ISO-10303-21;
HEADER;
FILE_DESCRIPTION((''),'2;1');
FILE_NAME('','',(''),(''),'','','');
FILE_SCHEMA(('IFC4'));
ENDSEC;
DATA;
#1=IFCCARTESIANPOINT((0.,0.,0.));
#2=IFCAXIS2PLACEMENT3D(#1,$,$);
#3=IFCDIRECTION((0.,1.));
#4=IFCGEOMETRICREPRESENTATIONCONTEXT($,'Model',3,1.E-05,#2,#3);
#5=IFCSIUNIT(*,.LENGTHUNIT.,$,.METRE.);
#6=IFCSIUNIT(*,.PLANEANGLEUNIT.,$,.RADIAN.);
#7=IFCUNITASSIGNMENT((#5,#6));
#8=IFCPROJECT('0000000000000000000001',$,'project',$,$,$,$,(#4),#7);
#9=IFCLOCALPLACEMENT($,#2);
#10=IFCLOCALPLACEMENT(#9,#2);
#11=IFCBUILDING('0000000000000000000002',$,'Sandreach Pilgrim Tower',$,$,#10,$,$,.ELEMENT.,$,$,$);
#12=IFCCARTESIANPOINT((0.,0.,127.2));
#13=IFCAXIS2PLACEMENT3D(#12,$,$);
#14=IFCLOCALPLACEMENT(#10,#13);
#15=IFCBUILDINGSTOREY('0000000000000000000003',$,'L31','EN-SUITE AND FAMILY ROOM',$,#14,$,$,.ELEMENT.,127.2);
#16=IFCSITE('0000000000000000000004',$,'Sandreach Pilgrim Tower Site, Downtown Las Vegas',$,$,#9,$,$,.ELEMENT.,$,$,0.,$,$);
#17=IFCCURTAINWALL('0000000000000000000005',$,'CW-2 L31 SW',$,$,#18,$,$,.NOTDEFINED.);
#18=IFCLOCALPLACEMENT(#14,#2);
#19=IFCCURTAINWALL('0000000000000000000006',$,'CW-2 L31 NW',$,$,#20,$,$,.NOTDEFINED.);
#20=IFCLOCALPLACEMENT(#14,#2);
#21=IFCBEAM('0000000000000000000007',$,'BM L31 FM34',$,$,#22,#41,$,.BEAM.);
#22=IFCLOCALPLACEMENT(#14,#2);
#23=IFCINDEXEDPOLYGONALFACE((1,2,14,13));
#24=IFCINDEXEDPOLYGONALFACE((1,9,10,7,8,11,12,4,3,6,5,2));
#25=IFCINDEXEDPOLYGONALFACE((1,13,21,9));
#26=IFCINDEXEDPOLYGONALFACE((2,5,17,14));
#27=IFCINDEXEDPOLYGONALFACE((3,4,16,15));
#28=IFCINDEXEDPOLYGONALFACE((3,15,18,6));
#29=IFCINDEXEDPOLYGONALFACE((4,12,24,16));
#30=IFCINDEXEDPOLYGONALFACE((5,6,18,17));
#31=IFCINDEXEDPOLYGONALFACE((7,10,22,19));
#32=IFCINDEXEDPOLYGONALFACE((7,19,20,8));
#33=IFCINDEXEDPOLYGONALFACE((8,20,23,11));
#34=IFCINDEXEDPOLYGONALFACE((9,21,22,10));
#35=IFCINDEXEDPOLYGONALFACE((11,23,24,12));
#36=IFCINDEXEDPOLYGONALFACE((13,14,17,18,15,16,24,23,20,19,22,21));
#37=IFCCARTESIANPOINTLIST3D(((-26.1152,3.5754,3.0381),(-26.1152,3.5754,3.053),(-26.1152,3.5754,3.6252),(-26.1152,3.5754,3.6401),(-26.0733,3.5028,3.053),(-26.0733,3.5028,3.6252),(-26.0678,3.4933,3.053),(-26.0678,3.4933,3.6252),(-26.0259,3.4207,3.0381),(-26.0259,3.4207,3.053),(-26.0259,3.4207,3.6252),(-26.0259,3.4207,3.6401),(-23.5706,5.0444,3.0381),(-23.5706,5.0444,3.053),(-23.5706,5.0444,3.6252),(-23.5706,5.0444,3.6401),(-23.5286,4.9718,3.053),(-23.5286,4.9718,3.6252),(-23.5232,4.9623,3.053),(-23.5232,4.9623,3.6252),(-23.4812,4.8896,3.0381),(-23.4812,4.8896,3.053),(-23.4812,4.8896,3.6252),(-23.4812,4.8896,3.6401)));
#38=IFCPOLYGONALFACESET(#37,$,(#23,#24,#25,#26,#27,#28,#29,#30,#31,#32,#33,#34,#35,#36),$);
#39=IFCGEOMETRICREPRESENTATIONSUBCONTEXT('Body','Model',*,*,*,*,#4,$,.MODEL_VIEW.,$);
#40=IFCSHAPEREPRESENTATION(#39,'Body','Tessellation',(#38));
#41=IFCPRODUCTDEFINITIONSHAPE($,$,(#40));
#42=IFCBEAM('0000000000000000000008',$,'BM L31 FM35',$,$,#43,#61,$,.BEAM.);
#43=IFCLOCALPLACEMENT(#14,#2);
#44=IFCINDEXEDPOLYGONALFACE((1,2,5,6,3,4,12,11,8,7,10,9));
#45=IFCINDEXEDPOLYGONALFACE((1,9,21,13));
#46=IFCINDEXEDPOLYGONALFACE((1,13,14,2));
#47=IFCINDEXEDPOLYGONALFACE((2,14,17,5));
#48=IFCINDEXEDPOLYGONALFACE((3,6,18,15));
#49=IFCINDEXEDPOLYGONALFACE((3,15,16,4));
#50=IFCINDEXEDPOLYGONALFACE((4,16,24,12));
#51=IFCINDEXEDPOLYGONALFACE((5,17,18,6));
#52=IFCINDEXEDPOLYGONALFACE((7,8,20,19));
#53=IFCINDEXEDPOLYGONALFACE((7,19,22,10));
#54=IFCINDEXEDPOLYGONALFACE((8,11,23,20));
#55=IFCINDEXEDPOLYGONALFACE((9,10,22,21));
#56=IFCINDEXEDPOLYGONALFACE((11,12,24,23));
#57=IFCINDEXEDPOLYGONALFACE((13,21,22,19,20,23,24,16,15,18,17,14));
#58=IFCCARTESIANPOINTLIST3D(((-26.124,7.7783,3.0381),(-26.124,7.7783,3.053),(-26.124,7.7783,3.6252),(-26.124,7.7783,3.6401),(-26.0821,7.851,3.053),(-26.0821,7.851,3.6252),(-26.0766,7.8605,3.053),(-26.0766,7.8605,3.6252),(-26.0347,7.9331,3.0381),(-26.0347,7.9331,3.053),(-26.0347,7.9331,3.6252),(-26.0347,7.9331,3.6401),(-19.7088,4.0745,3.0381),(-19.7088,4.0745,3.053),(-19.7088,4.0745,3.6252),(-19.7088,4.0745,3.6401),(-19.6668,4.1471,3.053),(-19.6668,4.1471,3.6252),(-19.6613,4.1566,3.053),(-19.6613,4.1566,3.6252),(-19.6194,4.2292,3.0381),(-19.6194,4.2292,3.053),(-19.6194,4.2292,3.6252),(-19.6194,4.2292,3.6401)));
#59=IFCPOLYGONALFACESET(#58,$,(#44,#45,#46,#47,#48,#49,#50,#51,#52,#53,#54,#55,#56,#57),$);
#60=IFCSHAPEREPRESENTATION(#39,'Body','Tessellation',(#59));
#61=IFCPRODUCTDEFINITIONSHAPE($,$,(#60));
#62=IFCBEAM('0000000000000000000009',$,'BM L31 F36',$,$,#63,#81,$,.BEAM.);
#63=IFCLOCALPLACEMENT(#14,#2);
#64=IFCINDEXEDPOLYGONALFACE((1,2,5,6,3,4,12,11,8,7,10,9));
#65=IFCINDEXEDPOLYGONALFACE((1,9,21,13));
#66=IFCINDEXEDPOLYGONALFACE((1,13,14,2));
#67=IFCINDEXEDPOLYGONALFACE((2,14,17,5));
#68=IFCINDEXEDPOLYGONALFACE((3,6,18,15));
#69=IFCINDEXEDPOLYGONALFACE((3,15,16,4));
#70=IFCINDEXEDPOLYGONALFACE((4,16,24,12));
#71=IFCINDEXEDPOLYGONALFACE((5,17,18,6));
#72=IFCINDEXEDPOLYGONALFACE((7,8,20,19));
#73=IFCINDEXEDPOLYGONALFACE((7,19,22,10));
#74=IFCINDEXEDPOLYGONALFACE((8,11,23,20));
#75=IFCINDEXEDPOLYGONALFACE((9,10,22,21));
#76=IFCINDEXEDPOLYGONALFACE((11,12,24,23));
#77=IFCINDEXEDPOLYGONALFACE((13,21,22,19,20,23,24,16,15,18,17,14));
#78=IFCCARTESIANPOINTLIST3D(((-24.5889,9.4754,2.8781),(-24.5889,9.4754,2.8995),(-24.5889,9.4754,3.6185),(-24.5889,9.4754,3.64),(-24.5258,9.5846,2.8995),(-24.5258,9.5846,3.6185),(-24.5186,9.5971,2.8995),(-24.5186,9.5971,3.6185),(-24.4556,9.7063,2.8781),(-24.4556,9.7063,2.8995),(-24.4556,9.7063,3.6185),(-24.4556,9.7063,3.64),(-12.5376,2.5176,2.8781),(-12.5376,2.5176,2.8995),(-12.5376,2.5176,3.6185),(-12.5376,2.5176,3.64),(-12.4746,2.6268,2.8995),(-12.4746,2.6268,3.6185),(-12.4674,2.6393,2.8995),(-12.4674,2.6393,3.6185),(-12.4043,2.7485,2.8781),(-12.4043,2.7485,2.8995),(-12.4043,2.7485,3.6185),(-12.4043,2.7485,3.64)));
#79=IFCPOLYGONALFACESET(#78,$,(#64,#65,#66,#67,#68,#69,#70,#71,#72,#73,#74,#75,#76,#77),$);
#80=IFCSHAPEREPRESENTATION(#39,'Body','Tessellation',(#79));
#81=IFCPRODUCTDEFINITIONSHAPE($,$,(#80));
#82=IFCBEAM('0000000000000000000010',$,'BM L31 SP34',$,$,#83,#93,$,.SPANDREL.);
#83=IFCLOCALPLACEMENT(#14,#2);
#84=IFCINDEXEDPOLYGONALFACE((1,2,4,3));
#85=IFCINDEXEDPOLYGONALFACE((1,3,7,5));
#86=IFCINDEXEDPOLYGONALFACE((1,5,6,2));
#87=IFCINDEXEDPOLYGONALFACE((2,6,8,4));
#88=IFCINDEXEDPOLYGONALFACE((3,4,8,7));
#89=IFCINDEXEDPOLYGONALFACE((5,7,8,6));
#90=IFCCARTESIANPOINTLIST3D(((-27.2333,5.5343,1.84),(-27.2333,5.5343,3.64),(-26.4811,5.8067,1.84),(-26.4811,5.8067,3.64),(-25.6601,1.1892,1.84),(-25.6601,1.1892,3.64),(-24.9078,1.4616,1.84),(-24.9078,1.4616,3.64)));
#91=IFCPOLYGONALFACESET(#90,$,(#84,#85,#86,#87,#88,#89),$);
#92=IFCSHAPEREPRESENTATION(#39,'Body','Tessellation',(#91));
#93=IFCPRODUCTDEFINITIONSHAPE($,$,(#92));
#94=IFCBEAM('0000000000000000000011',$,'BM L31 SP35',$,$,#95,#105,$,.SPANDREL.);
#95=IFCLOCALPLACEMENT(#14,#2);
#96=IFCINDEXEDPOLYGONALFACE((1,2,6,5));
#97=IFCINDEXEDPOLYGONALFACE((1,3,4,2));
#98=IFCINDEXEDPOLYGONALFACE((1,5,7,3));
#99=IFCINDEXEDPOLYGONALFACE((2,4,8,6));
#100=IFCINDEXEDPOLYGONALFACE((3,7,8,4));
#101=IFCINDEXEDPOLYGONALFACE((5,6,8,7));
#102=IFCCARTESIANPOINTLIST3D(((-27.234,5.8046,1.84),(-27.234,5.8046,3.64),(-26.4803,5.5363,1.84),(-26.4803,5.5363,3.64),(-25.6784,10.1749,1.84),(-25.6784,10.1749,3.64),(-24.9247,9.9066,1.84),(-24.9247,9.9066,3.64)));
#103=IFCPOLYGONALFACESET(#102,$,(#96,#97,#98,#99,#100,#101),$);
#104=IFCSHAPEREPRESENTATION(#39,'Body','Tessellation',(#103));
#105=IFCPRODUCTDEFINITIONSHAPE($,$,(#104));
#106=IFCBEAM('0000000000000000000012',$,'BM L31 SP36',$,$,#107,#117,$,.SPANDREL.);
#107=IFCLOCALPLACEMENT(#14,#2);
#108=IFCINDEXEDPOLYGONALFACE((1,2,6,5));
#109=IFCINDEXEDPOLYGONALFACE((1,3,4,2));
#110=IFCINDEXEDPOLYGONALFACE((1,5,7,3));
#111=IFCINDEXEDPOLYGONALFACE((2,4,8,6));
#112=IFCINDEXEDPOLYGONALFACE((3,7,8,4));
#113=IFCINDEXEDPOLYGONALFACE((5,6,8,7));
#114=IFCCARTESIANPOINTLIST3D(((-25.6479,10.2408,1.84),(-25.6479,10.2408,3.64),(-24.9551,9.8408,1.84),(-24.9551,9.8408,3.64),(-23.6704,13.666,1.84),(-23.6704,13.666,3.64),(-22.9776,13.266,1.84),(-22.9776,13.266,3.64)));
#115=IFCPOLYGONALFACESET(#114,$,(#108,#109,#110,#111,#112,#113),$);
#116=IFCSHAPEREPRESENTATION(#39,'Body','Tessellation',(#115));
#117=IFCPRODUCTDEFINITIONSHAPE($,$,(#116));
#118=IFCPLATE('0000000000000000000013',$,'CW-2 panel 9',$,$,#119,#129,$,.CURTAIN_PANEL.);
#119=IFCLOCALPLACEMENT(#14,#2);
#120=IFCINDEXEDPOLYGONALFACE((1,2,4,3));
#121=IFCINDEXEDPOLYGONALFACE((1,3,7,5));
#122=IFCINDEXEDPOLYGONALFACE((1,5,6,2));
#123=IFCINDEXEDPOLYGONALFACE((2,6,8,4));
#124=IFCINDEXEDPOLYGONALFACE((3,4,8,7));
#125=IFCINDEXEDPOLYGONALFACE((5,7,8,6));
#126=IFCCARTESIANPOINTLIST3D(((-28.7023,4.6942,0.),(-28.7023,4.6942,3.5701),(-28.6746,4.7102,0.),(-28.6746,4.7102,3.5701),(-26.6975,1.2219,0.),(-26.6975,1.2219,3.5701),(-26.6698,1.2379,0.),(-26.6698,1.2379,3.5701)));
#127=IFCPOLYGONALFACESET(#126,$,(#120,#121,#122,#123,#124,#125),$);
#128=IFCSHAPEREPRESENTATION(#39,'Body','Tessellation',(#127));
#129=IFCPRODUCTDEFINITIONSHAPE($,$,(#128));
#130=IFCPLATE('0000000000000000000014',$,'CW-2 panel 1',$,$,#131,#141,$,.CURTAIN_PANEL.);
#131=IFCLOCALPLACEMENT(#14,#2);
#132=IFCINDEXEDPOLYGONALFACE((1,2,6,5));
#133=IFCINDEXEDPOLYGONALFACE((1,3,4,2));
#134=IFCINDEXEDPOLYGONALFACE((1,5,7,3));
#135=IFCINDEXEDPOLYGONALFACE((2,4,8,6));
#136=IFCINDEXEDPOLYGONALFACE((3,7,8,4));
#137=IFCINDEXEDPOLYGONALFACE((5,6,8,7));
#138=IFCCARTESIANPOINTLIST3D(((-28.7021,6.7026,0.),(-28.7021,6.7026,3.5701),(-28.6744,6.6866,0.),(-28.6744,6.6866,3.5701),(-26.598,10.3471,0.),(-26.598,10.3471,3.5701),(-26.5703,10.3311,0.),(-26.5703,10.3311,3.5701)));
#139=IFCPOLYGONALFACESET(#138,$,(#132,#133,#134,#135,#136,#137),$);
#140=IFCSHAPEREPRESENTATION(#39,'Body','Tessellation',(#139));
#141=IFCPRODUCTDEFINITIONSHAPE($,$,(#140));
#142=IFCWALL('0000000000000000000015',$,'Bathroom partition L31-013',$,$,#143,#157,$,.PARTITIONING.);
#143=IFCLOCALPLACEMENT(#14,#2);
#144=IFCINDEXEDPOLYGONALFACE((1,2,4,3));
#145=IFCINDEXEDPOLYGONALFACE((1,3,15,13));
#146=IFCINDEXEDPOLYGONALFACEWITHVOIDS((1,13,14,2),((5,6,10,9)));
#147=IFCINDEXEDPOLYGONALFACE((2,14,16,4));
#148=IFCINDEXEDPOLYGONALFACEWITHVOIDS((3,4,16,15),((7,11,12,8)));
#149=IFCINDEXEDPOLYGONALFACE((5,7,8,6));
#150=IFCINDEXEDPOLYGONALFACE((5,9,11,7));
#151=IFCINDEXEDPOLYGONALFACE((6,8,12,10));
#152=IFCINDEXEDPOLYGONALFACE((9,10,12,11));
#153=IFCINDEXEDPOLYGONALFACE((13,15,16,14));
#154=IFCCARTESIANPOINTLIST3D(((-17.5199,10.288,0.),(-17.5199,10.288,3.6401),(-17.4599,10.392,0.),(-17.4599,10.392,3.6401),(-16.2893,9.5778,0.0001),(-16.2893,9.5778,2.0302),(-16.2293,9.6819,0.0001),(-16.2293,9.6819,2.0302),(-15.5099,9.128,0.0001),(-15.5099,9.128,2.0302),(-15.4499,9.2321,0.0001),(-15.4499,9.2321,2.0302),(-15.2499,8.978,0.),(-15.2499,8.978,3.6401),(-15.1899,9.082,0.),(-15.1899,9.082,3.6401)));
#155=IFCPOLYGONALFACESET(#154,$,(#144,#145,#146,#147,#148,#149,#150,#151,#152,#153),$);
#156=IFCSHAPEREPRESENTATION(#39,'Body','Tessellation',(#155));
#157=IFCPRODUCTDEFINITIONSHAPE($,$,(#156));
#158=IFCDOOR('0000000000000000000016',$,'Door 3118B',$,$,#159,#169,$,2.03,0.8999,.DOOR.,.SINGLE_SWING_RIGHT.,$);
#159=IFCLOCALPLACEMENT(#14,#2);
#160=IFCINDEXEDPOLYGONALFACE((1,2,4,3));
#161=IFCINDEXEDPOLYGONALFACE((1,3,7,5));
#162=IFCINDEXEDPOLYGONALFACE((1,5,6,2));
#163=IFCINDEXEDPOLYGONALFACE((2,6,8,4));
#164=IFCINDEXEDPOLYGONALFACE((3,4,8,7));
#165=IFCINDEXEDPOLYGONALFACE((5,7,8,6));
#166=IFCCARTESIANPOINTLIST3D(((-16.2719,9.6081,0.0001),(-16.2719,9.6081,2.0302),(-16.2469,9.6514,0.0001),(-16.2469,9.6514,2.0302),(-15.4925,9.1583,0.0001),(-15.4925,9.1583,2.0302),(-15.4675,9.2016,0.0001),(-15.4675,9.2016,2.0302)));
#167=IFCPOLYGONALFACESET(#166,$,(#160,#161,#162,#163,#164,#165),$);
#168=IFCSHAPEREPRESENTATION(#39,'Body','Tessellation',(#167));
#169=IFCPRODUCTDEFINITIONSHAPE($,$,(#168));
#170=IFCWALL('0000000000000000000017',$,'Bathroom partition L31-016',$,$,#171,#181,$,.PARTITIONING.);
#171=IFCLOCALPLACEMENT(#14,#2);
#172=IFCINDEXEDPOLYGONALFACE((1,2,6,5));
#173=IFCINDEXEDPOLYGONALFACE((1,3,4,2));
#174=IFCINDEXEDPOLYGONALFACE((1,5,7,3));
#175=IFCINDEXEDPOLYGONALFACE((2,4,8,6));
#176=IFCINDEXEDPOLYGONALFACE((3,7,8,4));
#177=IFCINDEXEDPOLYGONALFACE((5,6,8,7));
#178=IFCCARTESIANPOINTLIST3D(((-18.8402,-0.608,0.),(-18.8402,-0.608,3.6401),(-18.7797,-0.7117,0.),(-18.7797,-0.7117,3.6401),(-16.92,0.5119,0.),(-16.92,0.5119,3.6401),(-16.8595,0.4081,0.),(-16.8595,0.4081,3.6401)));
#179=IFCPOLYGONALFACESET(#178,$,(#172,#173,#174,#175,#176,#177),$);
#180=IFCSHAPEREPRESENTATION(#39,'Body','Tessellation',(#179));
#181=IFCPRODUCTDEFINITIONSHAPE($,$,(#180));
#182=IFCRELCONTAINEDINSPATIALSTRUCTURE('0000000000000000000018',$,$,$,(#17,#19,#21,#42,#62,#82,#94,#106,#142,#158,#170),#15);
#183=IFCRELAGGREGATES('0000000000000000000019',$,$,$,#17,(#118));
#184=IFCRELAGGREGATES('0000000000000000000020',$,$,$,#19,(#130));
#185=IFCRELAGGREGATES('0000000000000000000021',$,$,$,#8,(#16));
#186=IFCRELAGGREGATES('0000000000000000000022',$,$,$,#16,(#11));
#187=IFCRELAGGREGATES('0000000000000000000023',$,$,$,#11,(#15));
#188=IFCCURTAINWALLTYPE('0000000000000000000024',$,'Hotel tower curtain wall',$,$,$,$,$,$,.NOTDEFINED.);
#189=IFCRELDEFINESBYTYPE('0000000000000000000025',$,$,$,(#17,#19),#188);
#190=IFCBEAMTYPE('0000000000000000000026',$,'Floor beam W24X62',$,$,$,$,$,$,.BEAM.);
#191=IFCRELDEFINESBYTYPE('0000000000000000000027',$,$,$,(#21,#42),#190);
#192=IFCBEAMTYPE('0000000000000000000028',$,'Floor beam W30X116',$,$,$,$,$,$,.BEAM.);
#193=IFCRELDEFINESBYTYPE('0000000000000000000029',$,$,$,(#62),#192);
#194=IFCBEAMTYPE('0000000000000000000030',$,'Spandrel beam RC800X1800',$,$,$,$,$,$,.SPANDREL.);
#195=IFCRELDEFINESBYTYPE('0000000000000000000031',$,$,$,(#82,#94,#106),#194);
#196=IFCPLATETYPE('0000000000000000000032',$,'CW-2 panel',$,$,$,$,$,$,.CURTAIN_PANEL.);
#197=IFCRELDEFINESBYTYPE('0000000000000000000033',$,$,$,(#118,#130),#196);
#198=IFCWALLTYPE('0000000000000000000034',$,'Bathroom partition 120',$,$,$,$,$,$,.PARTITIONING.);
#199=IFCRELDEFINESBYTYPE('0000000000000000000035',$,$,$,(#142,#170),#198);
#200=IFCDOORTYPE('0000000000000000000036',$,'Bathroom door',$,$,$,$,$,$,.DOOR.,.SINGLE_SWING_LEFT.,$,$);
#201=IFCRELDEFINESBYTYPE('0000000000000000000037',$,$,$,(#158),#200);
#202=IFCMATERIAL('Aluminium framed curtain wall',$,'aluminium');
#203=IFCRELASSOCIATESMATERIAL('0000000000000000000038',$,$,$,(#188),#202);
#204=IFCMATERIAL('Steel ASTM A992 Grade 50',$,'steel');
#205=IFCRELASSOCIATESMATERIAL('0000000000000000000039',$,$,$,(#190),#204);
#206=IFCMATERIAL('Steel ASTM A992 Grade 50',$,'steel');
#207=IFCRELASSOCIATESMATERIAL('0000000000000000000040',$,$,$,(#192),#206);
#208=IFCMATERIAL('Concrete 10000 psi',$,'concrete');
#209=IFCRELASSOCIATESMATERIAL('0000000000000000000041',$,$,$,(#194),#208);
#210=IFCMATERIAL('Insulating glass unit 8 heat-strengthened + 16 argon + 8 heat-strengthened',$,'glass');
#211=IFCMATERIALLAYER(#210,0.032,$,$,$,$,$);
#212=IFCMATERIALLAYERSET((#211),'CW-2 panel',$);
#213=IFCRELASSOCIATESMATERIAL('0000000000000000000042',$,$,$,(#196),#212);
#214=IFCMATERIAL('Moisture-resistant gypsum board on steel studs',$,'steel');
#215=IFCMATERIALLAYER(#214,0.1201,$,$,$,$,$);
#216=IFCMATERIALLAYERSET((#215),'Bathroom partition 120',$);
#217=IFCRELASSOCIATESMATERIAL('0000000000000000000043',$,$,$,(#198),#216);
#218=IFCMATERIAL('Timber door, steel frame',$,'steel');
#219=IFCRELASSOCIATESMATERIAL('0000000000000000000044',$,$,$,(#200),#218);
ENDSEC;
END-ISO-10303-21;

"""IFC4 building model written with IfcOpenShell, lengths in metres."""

from ifc_helpers import new_model, si_unit, direction, frame, frame_2d, origin, origin_2d, place, context, subcontext, project, spatial, rectangle, i_section, extrude, material, layer, layer_set, material_profile, profile_set, type_object, element, fill, aggregate, save


model = new_model("IFC4")

# Units and contexts
model_context = context("Model", 3, precision=1e-05, world=origin(), true_north=direction((0.0, 1.0)))
body_context = subcontext(model_context, "Body", "Model", "MODEL_VIEW")
ifc_project = project(units=[si_unit("LENGTHUNIT", "METRE"), si_unit("PLANEANGLEUNIT", "RADIAN")], contexts=[model_context])

# Site, building, storey
site_placement = place(None, origin())
site = spatial("IfcSite", under=ifc_project, at=site_placement, Name="Sandreach Pilgrim Tower Site, Downtown Las Vegas", CompositionType="ELEMENT", RefElevation=0.0)
building_placement = place(site_placement, origin())
building = spatial("IfcBuilding", under=site, at=building_placement, Name="Sandreach Pilgrim Tower", CompositionType="ELEMENT")
storey_placement = place(building_placement, frame((0.0, 0.0, 127.2)))
storey = spatial("IfcBuildingStorey", under=building, at=storey_placement, Name="L31", Description="EN-SUITE AND FAMILY ROOM", CompositionType="ELEMENT", Elevation=127.2)

# Curtain wall
ifc_material_1 = material(Name="Aluminium framed curtain wall", Category="aluminium")
curtain_wall_type = type_object("IfcCurtainWallType", Name="Hotel tower curtain wall", PredefinedType="NOTDEFINED", material=ifc_material_1)
curtain_wall_1_placement = place(storey_placement, origin())
curtain_wall_1 = element("IfcCurtainWall", 1, at=curtain_wall_1_placement, inside=storey, type_object=curtain_wall_type, Name="CW-2 L31 SW", PredefinedType="NOTDEFINED")

# Curtain wall
curtain_wall_2_placement = place(storey_placement, origin())
curtain_wall_2 = element("IfcCurtainWall", 2, at=curtain_wall_2_placement, inside=storey, type_object=curtain_wall_type, Name="CW-2 L31 NW", PredefinedType="NOTDEFINED")

# Beams
ifc_material_2 = material(Name="Steel ASTM A992 Grade 50", Category="steel")
ifc_material_profile_1 = material_profile(ifc_material_2, i_section(OverallWidth=0.1787, OverallDepth=0.6021, WebThickness=0.011, FlangeThickness=0.0149, at=origin_2d()), Name="W24X62")
ifc_profile_set_1 = profile_set([ifc_material_profile_1], Name="Steel ASTM A992 Grade 50")
beam_type_1 = type_object("IfcBeamType", Name="Floor beam W24X62", PredefinedType="BEAM", material=ifc_profile_set_1)
beam_1_placement = place(storey_placement, frame((-26.0706, 3.498, 3.3391), z_axis=(0.866051, 0.499955, 0.0), x_axis=(-0.499955, 0.866051, 0.0)))
element("IfcBeam", 3, at=beam_1_placement, inside=storey, type_object=beam_type_1, Name="BM L31 FM34", PredefinedType="BEAM", context=body_context, shape_type="SweptSolid", body=[
    extrude(i_section(OverallWidth=0.1787, OverallDepth=0.6021, WebThickness=0.011, FlangeThickness=0.0149, at=origin_2d()), origin(), (0.0, 0.0, 1.0), 2.9382),
])
beam_2_placement = place(storey_placement, frame((-26.0793, 7.8557, 3.3391), z_axis=(0.866026, -0.499999, 0.0), x_axis=(0.499999, 0.866026, 0.0)))
element("IfcBeam", 4, at=beam_2_placement, inside=storey, type_object=beam_type_1, Name="BM L31 FM35", PredefinedType="BEAM", context=body_context, shape_type="SweptSolid", body=[
    extrude(i_section(OverallWidth=0.1787, OverallDepth=0.6021, WebThickness=0.011, FlangeThickness=0.0149, at=origin_2d()), origin(), (0.0, 0.0, 1.0), 7.4077),
])
ifc_material_3 = material(Name="Steel ASTM A992 Grade 50", Category="steel")
ifc_material_profile_2 = material_profile(ifc_material_3, i_section(OverallWidth=0.2666, OverallDepth=0.762, WebThickness=0.0144, FlangeThickness=0.0215, at=origin_2d()), Name="W30X116")
ifc_profile_set_2 = profile_set([ifc_material_profile_2], Name="Steel ASTM A992 Grade 50")
beam_type_2 = type_object("IfcBeamType", Name="Floor beam W30X116", PredefinedType="BEAM", material=ifc_profile_set_2)
beam_3_placement = place(storey_placement, frame((-24.5222, 9.5908, 3.259), z_axis=(0.866027, -0.499998, 0.0), x_axis=(0.499998, 0.866027, 0.0)))
element("IfcBeam", 5, at=beam_3_placement, inside=storey, type_object=beam_type_2, Name="BM L31 F36", PredefinedType="BEAM", context=body_context, shape_type="SweptSolid", body=[
    extrude(i_section(OverallWidth=0.2666, OverallDepth=0.762, WebThickness=0.0144, FlangeThickness=0.0215, at=origin_2d()), origin(), (0.0, 0.0, 1.0), 13.9155),
])
ifc_material_4 = material(Name="Concrete 10000 psi", Category="concrete")
ifc_material_profile_3 = material_profile(ifc_material_4, rectangle(XDim=0.8, YDim=1.8, at=origin_2d()), Name="RC800X1800")
ifc_profile_set_3 = profile_set([ifc_material_profile_3], Name="Concrete 10000 psi")
beam_type_3 = type_object("IfcBeamType", Name="Spandrel beam RC800X1800", PredefinedType="SPANDREL", material=ifc_profile_set_3)
beam_4_placement = place(storey_placement, frame((-25.2839, 1.3254, 2.74), z_axis=(-0.340453, 0.940261, 0.0), x_axis=(-0.940261, -0.340453, 0.0)))
element("IfcBeam", 6, at=beam_4_placement, inside=storey, type_object=beam_type_3, Name="BM L31 SP34", PredefinedType="SPANDREL", context=body_context, shape_type="SweptSolid", body=[
    extrude(rectangle(XDim=0.8, YDim=1.8, at=origin_2d()), origin(), (0.0, 0.0, 1.0), 4.6211),
])
beam_5_placement = place(storey_placement, frame((-26.8572, 5.6704, 2.74), z_axis=(0.335346, 0.942095, 0.0), x_axis=(-0.942095, 0.335346, 0.0)))
element("IfcBeam", 7, at=beam_5_placement, inside=storey, type_object=beam_type_3, Name="BM L31 SP35", PredefinedType="SPANDREL", context=body_context, shape_type="SweptSolid", body=[
    extrude(rectangle(XDim=0.8, YDim=1.8, at=origin_2d()), origin(), (0.0, 0.0, 1.0), 4.6389),
])
beam_6_placement = place(storey_placement, frame((-25.3015, 10.0408, 2.74), z_axis=(0.49999, 0.866031, 0.0), x_axis=(-0.866031, 0.49999, 0.0)))
element("IfcBeam", 8, at=beam_6_placement, inside=storey, type_object=beam_type_3, Name="BM L31 SP36", PredefinedType="SPANDREL", context=body_context, shape_type="SweptSolid", body=[
    extrude(rectangle(XDim=0.8, YDim=1.8, at=origin_2d()), origin(), (0.0, 0.0, 1.0), 3.9551),
])

# Plates
ifc_material_5 = material(Name="Insulating glass unit 8 heat-strengthened + 16 argon + 8 heat-strengthened", Category="glass")
ifc_layer_1 = layer(ifc_material_5, 0.032)
ifc_layer_set_1 = layer_set([ifc_layer_1], Name="CW-2 panel")
plate_type = type_object("IfcPlateType", Name="CW-2 panel", PredefinedType="CURTAIN_PANEL", material=ifc_layer_set_1)
plate_1_placement = place(storey_placement, frame((-27.686, 2.9661, 0.0), z_axis=(0.0, 0.0, 1.0), x_axis=(-0.5, 0.866025, 0.0)))
plate_1 = element("IfcPlate", 9, at=plate_1_placement, type_object=plate_type, Name="CW-2 panel 9", PredefinedType="CURTAIN_PANEL", context=body_context, shape_type="SweptSolid", body=[
    extrude(rectangle(XDim=4.0095, YDim=0.032, at=origin_2d()), origin(), (0.0, 0.0, 1.0), 3.5701),
])
aggregate(curtain_wall_1, [plate_1])
plate_2_placement = place(storey_placement, frame((-27.6362, 8.5168, 0.0), z_axis=(0.0, 0.0, 1.0), x_axis=(0.5, 0.866025, 0.0)))
plate_2 = element("IfcPlate", 10, at=plate_2_placement, type_object=plate_type, Name="CW-2 panel 1", PredefinedType="CURTAIN_PANEL", context=body_context, shape_type="SweptSolid", body=[
    extrude(rectangle(XDim=4.2083, YDim=0.032, at=origin_2d()), origin(), (0.0, 0.0, 1.0), 3.5701),
])
aggregate(curtain_wall_2, [plate_2])

# Wall, opening, door
ifc_material_6 = material(Name="Moisture-resistant gypsum board on steel studs", Category="steel")
ifc_layer_2 = layer(ifc_material_6, 0.1201)
ifc_layer_set_2 = layer_set([ifc_layer_2], Name="Bathroom partition 120")
wall_type_1 = type_object("IfcWallType", Name="Bathroom partition 120", PredefinedType="PARTITIONING", material=ifc_layer_set_2)
wall_1_placement = place(storey_placement, frame((-17.49, 10.3401, 0.0), z_axis=(0.0, 0.0, 1.0), x_axis=(0.866114, -0.499846, 0.0)))
wall_1 = element("IfcWall", 11, at=wall_1_placement, inside=storey, type_object=wall_type_1, Name="Bathroom partition L31-013", PredefinedType="PARTITIONING", context=body_context, shape_type="SweptSolid", body=[
    extrude(rectangle(XDim=2.6208, YDim=0.1201, at=frame_2d((1.3105, 0.0))), origin(), (0.0, 0.0, 1.0), 3.6401),
])
opening_1_placement = place(wall_1_placement, frame((1.4209, 0.0, 0.0)))
opening_1 = element("IfcOpeningElement", 12, at=opening_1_placement, cuts=wall_1, PredefinedType="OPENING", context=body_context, shape_type="SweptSolid", body=[
    extrude(rectangle(XDim=0.8999, YDim=2.03, at=frame_2d((0.45, 1.0151))), frame((0.0, 0.0601, 0.0), z_axis=(0.0, -1.0, 0.0), x_axis=(1.0, 0.0, 0.0)), (0.0, 0.0, 1.0), 0.1201),
])
ifc_material_7 = material(Name="Timber door, steel frame", Category="steel")
door_type_1 = type_object("IfcDoorType", Name="Bathroom door", OperationType="SINGLE_SWING_LEFT", PredefinedType="DOOR", material=ifc_material_7)
door_1_placement = place(opening_1_placement, origin())
door_1 = element("IfcDoor", 13, at=door_1_placement, inside=storey, type_object=door_type_1, Name="Door 3118B", OperationType="SINGLE_SWING_RIGHT", OverallHeight=2.03, OverallWidth=0.8999, PredefinedType="DOOR", context=body_context, shape_type="SweptSolid", body=[
    extrude(rectangle(XDim=0.8999, YDim=2.03, at=frame_2d((0.45, 1.0151))), frame((0.0, 0.0249, 0.0), z_axis=(0.0, -1.0, 0.0), x_axis=(1.0, 0.0, 0.0)), (0.0, 0.0, 1.0), 0.05),
])
fill(opening_1, door_1)

# Wall
wall_2_placement = place(storey_placement, frame((-16.8899, 0.46, 0.0), z_axis=(0.0, 0.0, 1.0), x_axis=(-0.863823, -0.503796, 0.0)))
element("IfcWall", 14, at=wall_2_placement, inside=storey, type_object=wall_type_1, Name="Bathroom partition L31-016", PredefinedType="PARTITIONING", context=body_context, shape_type="SweptSolid", body=[
    extrude(rectangle(XDim=2.2229, YDim=0.1201, at=frame_2d((1.1113, 0.0))), origin(), (0.0, 0.0, 1.0), 3.6401),
])

save(model, "model.ifc")
